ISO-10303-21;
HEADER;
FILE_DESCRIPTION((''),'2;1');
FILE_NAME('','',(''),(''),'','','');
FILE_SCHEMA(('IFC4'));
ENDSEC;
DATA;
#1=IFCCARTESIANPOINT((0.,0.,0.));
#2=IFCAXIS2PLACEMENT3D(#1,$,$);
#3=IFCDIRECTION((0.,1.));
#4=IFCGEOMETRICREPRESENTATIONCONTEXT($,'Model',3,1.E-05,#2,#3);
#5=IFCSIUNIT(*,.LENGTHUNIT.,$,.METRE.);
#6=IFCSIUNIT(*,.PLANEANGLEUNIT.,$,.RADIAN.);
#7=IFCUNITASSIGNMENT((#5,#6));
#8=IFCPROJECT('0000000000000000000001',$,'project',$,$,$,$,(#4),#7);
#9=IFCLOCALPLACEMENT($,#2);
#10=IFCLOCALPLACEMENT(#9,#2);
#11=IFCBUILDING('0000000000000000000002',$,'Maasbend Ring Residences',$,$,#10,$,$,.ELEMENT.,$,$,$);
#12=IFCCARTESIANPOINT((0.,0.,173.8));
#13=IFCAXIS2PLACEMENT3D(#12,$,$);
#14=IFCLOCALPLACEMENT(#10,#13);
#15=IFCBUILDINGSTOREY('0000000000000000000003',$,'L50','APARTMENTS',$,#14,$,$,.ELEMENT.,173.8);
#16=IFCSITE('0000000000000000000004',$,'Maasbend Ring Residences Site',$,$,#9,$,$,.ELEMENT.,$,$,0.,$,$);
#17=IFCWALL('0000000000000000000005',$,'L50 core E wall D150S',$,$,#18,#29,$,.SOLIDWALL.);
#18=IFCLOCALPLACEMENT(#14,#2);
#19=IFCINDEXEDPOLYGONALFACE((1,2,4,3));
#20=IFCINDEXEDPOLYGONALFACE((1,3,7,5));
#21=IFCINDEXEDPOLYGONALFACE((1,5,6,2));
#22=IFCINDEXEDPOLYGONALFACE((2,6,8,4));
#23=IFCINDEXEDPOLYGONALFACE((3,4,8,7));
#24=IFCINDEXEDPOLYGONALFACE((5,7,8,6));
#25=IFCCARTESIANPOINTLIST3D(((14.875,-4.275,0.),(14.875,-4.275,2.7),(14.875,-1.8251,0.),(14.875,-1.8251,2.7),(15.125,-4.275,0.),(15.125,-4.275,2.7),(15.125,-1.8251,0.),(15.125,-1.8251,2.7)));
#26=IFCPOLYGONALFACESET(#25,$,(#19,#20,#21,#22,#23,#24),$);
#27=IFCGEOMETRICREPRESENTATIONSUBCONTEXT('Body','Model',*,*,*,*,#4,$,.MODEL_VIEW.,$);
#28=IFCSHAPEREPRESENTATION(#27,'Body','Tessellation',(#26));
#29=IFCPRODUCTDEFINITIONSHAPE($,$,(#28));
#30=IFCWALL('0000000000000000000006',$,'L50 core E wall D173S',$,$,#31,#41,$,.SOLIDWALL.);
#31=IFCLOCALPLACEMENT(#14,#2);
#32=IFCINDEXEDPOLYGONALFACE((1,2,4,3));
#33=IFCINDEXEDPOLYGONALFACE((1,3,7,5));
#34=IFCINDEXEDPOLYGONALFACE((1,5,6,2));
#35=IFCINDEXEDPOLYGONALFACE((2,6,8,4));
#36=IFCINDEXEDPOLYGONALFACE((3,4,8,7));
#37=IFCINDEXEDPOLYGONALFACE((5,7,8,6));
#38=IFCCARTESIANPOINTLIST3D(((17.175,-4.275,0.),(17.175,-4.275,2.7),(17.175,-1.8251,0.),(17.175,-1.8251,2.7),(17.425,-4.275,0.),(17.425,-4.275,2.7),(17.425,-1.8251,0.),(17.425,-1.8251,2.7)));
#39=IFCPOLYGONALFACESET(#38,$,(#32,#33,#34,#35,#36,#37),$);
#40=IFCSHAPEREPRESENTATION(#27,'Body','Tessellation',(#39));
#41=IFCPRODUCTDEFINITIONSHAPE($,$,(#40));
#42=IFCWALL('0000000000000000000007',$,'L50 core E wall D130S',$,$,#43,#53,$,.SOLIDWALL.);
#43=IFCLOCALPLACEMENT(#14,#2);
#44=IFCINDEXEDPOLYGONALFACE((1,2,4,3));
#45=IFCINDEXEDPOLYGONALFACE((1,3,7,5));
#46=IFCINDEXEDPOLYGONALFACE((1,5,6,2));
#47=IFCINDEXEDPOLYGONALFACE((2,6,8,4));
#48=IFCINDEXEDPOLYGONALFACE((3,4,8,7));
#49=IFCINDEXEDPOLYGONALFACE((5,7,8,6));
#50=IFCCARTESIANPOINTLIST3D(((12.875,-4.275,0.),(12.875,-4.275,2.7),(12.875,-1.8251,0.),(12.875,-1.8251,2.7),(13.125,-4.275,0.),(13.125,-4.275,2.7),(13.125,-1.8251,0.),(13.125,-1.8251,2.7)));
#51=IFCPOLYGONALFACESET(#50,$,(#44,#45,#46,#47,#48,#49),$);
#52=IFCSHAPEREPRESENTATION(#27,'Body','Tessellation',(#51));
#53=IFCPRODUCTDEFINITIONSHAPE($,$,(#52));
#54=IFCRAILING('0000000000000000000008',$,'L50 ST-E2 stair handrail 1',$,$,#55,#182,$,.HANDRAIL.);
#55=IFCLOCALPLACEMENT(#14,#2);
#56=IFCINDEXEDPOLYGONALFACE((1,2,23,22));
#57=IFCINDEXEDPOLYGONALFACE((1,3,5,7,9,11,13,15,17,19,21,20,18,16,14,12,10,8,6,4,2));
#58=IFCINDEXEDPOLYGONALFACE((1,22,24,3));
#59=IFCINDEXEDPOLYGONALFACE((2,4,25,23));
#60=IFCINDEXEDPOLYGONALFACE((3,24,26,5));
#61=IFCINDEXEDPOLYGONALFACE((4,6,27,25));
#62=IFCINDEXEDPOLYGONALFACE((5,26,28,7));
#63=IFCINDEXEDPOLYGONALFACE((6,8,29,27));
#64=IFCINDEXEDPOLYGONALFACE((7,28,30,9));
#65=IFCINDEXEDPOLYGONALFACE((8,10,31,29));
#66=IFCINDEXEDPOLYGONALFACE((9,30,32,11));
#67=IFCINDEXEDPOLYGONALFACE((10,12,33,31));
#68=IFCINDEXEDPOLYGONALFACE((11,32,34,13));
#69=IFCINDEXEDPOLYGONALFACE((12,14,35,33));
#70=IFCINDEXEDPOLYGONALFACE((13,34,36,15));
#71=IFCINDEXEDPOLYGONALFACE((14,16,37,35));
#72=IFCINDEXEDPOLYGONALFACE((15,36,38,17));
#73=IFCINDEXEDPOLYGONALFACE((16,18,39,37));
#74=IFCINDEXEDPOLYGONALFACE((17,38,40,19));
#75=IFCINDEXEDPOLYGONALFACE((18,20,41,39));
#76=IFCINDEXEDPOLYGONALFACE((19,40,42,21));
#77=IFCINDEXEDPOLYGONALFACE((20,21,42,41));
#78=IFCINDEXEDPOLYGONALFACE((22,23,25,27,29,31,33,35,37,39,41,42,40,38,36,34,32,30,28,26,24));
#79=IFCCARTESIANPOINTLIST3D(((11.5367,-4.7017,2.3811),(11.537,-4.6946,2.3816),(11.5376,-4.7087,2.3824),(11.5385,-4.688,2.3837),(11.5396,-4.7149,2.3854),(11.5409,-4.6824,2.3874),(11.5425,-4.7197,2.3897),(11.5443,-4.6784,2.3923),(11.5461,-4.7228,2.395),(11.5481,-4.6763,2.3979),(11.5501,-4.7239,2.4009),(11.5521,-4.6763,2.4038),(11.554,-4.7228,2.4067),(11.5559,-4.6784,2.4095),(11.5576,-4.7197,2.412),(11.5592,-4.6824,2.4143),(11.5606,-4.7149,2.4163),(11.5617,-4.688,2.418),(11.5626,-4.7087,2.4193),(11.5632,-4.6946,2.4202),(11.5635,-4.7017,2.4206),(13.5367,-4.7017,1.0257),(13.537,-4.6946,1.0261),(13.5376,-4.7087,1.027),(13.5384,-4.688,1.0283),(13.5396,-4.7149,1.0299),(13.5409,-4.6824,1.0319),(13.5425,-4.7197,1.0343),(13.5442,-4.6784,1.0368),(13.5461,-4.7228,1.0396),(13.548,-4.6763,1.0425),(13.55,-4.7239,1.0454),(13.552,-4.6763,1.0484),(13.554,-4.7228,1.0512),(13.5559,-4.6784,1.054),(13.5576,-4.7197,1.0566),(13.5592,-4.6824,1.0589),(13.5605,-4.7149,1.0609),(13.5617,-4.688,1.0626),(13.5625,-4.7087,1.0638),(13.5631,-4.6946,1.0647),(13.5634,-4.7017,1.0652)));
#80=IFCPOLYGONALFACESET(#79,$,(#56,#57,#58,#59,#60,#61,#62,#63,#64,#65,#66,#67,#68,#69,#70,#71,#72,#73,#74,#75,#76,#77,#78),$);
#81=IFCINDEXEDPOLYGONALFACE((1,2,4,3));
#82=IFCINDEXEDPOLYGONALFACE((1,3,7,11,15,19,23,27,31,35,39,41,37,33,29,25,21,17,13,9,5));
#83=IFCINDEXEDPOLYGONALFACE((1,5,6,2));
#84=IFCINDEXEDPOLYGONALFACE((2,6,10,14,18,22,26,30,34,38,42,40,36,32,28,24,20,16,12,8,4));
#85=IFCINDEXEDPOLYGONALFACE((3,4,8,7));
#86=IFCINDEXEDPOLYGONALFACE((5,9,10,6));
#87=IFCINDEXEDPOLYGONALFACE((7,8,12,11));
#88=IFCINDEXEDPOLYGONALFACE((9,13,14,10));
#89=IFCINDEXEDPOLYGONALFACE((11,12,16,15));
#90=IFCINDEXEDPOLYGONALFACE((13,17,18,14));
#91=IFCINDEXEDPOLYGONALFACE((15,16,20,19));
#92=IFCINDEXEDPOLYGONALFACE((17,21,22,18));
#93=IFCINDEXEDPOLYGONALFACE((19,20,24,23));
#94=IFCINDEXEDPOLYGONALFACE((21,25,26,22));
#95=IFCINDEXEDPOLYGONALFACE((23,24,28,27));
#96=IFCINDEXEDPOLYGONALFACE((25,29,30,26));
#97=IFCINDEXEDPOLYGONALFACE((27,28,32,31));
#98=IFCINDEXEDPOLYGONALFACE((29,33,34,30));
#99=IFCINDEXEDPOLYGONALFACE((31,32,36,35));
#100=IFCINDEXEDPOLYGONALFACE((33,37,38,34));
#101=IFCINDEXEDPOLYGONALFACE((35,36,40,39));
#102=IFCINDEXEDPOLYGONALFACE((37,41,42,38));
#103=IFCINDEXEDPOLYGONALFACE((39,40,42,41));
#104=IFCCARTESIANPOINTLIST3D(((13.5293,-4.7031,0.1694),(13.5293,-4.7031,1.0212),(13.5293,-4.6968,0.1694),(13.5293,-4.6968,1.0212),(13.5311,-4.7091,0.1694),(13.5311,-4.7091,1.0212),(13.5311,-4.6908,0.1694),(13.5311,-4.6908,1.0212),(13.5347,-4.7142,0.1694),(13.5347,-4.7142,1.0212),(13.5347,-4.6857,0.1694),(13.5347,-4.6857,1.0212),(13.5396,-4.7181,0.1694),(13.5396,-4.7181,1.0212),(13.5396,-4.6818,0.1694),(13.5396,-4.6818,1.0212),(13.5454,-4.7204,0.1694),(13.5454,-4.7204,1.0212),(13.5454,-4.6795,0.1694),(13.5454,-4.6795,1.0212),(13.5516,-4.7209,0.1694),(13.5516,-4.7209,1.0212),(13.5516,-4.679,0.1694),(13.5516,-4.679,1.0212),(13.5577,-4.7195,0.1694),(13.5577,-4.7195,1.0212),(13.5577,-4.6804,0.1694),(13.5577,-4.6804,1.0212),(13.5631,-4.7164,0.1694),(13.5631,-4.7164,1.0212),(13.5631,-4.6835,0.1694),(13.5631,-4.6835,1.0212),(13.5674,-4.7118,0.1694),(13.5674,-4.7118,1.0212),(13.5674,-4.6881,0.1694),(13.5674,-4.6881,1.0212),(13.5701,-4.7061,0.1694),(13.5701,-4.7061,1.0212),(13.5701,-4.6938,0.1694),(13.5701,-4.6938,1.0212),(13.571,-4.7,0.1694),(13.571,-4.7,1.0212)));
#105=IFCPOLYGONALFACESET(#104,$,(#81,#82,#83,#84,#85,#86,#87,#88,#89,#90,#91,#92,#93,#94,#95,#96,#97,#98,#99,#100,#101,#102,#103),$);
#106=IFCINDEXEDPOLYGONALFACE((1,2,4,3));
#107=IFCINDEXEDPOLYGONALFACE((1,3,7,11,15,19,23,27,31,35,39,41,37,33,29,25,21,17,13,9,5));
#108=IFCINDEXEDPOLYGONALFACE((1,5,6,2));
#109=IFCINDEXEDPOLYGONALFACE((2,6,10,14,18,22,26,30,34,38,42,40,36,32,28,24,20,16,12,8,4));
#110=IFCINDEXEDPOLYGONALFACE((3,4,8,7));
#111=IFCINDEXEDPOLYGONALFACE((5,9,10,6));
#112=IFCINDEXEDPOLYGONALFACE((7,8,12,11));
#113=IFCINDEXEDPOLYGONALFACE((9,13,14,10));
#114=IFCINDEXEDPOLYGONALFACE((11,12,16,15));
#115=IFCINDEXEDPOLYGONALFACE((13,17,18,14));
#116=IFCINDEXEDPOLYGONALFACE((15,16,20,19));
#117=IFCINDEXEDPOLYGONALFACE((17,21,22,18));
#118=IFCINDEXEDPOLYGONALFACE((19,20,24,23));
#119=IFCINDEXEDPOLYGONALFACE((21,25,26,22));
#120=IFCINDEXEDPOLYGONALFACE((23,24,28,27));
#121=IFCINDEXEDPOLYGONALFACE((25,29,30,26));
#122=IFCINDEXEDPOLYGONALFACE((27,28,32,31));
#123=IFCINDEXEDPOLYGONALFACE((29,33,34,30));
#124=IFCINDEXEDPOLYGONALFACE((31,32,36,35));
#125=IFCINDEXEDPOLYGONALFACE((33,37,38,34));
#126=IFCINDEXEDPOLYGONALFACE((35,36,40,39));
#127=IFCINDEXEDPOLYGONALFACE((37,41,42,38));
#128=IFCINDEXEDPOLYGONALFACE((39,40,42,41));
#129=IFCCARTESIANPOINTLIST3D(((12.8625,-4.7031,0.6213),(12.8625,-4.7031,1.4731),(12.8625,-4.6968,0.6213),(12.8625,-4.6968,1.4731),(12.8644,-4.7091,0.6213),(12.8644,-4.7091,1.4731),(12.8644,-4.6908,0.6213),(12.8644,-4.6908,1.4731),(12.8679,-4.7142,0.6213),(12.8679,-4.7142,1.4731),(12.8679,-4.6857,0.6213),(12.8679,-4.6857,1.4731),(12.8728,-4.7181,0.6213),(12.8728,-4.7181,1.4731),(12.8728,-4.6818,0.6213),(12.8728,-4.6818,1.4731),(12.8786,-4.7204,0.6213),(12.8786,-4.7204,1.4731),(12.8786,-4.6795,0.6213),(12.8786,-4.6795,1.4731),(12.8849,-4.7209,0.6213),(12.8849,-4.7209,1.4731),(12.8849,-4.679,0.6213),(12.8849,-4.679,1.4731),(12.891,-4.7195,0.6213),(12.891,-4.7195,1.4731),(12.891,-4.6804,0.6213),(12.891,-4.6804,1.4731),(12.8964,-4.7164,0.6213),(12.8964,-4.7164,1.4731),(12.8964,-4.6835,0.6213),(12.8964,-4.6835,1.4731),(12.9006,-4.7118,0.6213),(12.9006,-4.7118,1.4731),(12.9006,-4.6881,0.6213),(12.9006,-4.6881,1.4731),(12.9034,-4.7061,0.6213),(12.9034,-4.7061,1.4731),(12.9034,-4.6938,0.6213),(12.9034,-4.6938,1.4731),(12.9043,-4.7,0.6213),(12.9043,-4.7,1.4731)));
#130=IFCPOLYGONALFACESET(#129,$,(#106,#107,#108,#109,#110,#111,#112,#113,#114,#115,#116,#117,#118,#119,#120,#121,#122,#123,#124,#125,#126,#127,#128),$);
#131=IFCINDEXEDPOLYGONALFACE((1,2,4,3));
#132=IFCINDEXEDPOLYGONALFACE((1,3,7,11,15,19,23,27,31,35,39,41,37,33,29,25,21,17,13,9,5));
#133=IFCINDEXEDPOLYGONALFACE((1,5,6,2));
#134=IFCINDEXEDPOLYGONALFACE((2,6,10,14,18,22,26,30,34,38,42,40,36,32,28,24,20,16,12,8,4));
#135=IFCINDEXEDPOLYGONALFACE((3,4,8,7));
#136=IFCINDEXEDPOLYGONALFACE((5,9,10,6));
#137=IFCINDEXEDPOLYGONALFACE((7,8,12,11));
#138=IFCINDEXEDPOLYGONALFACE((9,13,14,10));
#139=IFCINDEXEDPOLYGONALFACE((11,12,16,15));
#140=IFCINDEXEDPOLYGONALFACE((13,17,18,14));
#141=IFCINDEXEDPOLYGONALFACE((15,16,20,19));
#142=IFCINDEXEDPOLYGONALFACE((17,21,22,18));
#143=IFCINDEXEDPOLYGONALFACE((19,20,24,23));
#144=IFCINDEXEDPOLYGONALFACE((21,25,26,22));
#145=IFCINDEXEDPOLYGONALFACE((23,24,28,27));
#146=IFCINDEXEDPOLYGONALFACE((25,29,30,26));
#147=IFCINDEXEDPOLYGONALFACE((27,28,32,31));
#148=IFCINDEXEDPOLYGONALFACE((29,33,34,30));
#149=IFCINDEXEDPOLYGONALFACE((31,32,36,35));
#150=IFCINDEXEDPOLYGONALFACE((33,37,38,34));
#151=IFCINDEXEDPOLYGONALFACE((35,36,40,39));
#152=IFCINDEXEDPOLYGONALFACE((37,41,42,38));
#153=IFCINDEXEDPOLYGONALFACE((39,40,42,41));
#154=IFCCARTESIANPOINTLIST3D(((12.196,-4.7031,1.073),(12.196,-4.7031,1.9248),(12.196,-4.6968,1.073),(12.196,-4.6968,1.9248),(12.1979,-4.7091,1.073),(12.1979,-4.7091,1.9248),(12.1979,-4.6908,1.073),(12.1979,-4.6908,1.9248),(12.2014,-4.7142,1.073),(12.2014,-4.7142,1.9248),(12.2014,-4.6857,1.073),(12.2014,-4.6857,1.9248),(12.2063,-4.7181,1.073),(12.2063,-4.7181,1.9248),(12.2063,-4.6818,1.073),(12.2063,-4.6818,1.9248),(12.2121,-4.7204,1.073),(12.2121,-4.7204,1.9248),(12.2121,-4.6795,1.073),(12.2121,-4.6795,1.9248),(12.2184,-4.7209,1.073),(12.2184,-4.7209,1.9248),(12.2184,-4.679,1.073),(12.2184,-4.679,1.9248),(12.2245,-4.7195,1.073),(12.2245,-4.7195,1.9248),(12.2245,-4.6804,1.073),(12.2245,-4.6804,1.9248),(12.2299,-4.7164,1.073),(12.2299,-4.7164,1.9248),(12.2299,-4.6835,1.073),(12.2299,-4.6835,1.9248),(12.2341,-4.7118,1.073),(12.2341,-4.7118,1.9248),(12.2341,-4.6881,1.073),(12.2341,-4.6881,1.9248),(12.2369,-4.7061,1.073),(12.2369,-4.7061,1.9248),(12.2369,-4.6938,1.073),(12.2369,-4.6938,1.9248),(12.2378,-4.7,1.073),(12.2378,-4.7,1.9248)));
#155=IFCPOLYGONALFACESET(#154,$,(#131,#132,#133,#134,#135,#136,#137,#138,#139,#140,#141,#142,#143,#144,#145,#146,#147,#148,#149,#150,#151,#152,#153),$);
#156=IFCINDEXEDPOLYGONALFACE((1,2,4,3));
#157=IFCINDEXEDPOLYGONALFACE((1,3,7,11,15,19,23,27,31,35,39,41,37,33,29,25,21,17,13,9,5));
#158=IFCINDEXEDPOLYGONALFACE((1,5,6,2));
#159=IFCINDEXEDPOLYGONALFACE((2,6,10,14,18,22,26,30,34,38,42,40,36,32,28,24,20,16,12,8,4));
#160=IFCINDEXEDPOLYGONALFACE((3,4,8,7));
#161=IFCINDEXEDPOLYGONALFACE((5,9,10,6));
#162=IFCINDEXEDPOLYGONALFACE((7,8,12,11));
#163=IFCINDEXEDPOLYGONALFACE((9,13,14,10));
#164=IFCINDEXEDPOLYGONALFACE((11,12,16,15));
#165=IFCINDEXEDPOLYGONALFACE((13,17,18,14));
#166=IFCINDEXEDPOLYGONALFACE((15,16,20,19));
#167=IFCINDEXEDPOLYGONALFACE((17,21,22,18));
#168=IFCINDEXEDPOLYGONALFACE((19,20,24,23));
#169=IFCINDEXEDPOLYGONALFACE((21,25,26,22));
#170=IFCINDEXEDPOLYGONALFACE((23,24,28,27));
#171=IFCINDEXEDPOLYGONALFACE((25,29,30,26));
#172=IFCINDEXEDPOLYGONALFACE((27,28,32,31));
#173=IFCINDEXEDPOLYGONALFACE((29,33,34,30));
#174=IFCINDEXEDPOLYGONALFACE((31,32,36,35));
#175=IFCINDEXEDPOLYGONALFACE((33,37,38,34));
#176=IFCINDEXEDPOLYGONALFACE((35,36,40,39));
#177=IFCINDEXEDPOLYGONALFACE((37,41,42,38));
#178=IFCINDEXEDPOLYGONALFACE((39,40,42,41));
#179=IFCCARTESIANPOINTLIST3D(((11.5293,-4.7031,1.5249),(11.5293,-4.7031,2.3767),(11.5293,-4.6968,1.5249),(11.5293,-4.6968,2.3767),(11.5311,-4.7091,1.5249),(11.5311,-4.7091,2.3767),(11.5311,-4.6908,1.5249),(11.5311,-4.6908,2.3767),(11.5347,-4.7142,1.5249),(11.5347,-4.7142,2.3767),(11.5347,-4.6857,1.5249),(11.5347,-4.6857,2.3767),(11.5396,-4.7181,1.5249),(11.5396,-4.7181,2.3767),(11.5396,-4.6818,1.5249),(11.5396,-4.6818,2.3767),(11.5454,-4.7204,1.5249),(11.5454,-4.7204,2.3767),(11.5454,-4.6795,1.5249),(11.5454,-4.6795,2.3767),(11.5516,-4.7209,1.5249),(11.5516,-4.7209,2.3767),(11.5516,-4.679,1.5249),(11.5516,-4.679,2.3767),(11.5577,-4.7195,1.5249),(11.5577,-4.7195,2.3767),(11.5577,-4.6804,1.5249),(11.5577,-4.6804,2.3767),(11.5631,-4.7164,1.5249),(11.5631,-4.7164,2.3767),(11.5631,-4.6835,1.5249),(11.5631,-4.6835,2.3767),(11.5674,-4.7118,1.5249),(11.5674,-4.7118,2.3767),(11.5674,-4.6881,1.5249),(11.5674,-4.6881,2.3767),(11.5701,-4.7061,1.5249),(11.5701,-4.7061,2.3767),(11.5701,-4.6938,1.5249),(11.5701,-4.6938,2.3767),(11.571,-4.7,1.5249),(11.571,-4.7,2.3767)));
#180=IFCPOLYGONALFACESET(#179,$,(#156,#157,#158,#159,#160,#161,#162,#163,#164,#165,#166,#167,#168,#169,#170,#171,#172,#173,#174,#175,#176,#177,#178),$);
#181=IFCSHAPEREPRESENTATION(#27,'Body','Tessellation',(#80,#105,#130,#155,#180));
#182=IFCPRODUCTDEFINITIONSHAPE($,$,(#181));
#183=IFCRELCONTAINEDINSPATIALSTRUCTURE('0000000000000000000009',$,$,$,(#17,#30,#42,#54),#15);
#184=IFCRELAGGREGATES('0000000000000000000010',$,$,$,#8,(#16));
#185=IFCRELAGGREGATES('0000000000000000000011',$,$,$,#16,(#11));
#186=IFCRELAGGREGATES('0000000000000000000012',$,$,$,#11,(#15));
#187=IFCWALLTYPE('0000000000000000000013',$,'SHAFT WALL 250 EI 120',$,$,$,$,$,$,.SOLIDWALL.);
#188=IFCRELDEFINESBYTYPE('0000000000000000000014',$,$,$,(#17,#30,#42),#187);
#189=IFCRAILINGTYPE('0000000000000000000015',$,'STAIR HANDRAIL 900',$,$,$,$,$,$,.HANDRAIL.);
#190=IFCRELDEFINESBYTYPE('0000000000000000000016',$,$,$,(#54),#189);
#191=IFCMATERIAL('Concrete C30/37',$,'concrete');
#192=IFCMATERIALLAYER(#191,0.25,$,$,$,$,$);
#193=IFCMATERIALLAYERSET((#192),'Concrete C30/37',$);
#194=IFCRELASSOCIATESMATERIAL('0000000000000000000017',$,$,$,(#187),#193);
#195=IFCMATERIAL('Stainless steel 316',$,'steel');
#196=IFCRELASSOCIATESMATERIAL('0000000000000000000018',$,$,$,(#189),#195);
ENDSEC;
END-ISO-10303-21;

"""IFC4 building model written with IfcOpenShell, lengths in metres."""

from ifc_helpers import new_model, si_unit, direction, frame, frame_2d, origin, origin_2d, place, context, subcontext, project, spatial, rectangle, circle, extrude, material, layer, layer_set, type_object, element, save


model = new_model("IFC4")

# Units and contexts
model_context = context("Model", 3, precision=1e-05, world=origin(), true_north=direction((0.0, 1.0)))
body_context = subcontext(model_context, "Body", "Model", "MODEL_VIEW")
ifc_project = project(units=[si_unit("LENGTHUNIT", "METRE"), si_unit("PLANEANGLEUNIT", "RADIAN")], contexts=[model_context])

# Site, building, storey
site_placement = place(None, origin())
site = spatial("IfcSite", under=ifc_project, at=site_placement, Name="Maasbend Ring Residences Site", CompositionType="ELEMENT", RefElevation=0.0)
building_placement = place(site_placement, origin())
building = spatial("IfcBuilding", under=site, at=building_placement, Name="Maasbend Ring Residences", CompositionType="ELEMENT")
storey_placement = place(building_placement, frame((0.0, 0.0, 173.8)))
storey = spatial("IfcBuildingStorey", under=building, at=storey_placement, Name="L50", Description="APARTMENTS", CompositionType="ELEMENT", Elevation=173.8)

# Walls
ifc_material_1 = material(Name="Concrete C30/37", Category="concrete")
ifc_layer_1 = layer(ifc_material_1, 0.25)
ifc_layer_set_1 = layer_set([ifc_layer_1], Name="Concrete C30/37")
wall_type_1 = type_object("IfcWallType", Name="SHAFT WALL 250 EI 120", PredefinedType="SOLIDWALL", material=ifc_layer_set_1)
for number, where, z_axis, x_axis, name in (
    (1, (15.0, -1.825, 0.0), (0.0, 0.0, 1.0), (0.0, -1.0, 0.0), "L50 core E wall D150S"),
    (2, (17.3, -1.825, 0.0), (0.0, 0.0, 1.0), (0.0, -1.0, 0.0), "L50 core E wall D173S"),
    (3, (13.0, -1.825, 0.0), (0.0, 0.0, 1.0), (0.0, -1.0, 0.0), "L50 core E wall D130S"),
):
    element("IfcWall", number, at=place(storey_placement, frame(where, z_axis=z_axis, x_axis=x_axis)), inside=storey, type_object=wall_type_1, Name=name, PredefinedType="SOLIDWALL", context=body_context, shape_type="SweptSolid", body=[
        extrude(rectangle(XDim=2.45, YDim=0.25, at=frame_2d((1.2251, 0.0))), origin(), (0.0, 0.0, 1.0), 2.7),
    ])

# Railing
ifc_material_2 = material(Name="Stainless steel 316", Category="steel")
railing_type_1 = type_object("IfcRailingType", Name="STAIR HANDRAIL 900", PredefinedType="HANDRAIL", material=ifc_material_2)
railing_1_placement = place(storey_placement, frame((13.55, -4.7, 0.1694)))
element("IfcRailing", 4, at=railing_1_placement, inside=storey, type_object=railing_type_1, Name="L50 ST-E2 stair handrail 1", PredefinedType="HANDRAIL", context=body_context, shape_type="SweptSolid", body=[
    extrude(circle(Radius=0.0239, at=origin_2d()), frame((0.0, 0.0, 0.876), z_axis=(-0.827798, 0.0, 0.561027), x_axis=(0.0, -1.0, 0.0)), (0.0, 0.0, 1.0), 2.416),
    extrude(circle(Radius=0.021, at=origin_2d()), origin(), (0.0, 0.0, 1.0), 0.8518),
    extrude(circle(Radius=0.021, at=origin_2d()), frame((-0.6667, 0.0, 0.4519)), (0.0, 0.0, 1.0), 0.8518),
    extrude(circle(Radius=0.021, at=origin_2d()), frame((-1.3333, 0.0, 0.9036)), (0.0, 0.0, 1.0), 0.8518),
    extrude(circle(Radius=0.021, at=origin_2d()), frame((-2.0, 0.0, 1.3555)), (0.0, 0.0, 1.0), 0.8518),
])

save(model, "model.ifc")
